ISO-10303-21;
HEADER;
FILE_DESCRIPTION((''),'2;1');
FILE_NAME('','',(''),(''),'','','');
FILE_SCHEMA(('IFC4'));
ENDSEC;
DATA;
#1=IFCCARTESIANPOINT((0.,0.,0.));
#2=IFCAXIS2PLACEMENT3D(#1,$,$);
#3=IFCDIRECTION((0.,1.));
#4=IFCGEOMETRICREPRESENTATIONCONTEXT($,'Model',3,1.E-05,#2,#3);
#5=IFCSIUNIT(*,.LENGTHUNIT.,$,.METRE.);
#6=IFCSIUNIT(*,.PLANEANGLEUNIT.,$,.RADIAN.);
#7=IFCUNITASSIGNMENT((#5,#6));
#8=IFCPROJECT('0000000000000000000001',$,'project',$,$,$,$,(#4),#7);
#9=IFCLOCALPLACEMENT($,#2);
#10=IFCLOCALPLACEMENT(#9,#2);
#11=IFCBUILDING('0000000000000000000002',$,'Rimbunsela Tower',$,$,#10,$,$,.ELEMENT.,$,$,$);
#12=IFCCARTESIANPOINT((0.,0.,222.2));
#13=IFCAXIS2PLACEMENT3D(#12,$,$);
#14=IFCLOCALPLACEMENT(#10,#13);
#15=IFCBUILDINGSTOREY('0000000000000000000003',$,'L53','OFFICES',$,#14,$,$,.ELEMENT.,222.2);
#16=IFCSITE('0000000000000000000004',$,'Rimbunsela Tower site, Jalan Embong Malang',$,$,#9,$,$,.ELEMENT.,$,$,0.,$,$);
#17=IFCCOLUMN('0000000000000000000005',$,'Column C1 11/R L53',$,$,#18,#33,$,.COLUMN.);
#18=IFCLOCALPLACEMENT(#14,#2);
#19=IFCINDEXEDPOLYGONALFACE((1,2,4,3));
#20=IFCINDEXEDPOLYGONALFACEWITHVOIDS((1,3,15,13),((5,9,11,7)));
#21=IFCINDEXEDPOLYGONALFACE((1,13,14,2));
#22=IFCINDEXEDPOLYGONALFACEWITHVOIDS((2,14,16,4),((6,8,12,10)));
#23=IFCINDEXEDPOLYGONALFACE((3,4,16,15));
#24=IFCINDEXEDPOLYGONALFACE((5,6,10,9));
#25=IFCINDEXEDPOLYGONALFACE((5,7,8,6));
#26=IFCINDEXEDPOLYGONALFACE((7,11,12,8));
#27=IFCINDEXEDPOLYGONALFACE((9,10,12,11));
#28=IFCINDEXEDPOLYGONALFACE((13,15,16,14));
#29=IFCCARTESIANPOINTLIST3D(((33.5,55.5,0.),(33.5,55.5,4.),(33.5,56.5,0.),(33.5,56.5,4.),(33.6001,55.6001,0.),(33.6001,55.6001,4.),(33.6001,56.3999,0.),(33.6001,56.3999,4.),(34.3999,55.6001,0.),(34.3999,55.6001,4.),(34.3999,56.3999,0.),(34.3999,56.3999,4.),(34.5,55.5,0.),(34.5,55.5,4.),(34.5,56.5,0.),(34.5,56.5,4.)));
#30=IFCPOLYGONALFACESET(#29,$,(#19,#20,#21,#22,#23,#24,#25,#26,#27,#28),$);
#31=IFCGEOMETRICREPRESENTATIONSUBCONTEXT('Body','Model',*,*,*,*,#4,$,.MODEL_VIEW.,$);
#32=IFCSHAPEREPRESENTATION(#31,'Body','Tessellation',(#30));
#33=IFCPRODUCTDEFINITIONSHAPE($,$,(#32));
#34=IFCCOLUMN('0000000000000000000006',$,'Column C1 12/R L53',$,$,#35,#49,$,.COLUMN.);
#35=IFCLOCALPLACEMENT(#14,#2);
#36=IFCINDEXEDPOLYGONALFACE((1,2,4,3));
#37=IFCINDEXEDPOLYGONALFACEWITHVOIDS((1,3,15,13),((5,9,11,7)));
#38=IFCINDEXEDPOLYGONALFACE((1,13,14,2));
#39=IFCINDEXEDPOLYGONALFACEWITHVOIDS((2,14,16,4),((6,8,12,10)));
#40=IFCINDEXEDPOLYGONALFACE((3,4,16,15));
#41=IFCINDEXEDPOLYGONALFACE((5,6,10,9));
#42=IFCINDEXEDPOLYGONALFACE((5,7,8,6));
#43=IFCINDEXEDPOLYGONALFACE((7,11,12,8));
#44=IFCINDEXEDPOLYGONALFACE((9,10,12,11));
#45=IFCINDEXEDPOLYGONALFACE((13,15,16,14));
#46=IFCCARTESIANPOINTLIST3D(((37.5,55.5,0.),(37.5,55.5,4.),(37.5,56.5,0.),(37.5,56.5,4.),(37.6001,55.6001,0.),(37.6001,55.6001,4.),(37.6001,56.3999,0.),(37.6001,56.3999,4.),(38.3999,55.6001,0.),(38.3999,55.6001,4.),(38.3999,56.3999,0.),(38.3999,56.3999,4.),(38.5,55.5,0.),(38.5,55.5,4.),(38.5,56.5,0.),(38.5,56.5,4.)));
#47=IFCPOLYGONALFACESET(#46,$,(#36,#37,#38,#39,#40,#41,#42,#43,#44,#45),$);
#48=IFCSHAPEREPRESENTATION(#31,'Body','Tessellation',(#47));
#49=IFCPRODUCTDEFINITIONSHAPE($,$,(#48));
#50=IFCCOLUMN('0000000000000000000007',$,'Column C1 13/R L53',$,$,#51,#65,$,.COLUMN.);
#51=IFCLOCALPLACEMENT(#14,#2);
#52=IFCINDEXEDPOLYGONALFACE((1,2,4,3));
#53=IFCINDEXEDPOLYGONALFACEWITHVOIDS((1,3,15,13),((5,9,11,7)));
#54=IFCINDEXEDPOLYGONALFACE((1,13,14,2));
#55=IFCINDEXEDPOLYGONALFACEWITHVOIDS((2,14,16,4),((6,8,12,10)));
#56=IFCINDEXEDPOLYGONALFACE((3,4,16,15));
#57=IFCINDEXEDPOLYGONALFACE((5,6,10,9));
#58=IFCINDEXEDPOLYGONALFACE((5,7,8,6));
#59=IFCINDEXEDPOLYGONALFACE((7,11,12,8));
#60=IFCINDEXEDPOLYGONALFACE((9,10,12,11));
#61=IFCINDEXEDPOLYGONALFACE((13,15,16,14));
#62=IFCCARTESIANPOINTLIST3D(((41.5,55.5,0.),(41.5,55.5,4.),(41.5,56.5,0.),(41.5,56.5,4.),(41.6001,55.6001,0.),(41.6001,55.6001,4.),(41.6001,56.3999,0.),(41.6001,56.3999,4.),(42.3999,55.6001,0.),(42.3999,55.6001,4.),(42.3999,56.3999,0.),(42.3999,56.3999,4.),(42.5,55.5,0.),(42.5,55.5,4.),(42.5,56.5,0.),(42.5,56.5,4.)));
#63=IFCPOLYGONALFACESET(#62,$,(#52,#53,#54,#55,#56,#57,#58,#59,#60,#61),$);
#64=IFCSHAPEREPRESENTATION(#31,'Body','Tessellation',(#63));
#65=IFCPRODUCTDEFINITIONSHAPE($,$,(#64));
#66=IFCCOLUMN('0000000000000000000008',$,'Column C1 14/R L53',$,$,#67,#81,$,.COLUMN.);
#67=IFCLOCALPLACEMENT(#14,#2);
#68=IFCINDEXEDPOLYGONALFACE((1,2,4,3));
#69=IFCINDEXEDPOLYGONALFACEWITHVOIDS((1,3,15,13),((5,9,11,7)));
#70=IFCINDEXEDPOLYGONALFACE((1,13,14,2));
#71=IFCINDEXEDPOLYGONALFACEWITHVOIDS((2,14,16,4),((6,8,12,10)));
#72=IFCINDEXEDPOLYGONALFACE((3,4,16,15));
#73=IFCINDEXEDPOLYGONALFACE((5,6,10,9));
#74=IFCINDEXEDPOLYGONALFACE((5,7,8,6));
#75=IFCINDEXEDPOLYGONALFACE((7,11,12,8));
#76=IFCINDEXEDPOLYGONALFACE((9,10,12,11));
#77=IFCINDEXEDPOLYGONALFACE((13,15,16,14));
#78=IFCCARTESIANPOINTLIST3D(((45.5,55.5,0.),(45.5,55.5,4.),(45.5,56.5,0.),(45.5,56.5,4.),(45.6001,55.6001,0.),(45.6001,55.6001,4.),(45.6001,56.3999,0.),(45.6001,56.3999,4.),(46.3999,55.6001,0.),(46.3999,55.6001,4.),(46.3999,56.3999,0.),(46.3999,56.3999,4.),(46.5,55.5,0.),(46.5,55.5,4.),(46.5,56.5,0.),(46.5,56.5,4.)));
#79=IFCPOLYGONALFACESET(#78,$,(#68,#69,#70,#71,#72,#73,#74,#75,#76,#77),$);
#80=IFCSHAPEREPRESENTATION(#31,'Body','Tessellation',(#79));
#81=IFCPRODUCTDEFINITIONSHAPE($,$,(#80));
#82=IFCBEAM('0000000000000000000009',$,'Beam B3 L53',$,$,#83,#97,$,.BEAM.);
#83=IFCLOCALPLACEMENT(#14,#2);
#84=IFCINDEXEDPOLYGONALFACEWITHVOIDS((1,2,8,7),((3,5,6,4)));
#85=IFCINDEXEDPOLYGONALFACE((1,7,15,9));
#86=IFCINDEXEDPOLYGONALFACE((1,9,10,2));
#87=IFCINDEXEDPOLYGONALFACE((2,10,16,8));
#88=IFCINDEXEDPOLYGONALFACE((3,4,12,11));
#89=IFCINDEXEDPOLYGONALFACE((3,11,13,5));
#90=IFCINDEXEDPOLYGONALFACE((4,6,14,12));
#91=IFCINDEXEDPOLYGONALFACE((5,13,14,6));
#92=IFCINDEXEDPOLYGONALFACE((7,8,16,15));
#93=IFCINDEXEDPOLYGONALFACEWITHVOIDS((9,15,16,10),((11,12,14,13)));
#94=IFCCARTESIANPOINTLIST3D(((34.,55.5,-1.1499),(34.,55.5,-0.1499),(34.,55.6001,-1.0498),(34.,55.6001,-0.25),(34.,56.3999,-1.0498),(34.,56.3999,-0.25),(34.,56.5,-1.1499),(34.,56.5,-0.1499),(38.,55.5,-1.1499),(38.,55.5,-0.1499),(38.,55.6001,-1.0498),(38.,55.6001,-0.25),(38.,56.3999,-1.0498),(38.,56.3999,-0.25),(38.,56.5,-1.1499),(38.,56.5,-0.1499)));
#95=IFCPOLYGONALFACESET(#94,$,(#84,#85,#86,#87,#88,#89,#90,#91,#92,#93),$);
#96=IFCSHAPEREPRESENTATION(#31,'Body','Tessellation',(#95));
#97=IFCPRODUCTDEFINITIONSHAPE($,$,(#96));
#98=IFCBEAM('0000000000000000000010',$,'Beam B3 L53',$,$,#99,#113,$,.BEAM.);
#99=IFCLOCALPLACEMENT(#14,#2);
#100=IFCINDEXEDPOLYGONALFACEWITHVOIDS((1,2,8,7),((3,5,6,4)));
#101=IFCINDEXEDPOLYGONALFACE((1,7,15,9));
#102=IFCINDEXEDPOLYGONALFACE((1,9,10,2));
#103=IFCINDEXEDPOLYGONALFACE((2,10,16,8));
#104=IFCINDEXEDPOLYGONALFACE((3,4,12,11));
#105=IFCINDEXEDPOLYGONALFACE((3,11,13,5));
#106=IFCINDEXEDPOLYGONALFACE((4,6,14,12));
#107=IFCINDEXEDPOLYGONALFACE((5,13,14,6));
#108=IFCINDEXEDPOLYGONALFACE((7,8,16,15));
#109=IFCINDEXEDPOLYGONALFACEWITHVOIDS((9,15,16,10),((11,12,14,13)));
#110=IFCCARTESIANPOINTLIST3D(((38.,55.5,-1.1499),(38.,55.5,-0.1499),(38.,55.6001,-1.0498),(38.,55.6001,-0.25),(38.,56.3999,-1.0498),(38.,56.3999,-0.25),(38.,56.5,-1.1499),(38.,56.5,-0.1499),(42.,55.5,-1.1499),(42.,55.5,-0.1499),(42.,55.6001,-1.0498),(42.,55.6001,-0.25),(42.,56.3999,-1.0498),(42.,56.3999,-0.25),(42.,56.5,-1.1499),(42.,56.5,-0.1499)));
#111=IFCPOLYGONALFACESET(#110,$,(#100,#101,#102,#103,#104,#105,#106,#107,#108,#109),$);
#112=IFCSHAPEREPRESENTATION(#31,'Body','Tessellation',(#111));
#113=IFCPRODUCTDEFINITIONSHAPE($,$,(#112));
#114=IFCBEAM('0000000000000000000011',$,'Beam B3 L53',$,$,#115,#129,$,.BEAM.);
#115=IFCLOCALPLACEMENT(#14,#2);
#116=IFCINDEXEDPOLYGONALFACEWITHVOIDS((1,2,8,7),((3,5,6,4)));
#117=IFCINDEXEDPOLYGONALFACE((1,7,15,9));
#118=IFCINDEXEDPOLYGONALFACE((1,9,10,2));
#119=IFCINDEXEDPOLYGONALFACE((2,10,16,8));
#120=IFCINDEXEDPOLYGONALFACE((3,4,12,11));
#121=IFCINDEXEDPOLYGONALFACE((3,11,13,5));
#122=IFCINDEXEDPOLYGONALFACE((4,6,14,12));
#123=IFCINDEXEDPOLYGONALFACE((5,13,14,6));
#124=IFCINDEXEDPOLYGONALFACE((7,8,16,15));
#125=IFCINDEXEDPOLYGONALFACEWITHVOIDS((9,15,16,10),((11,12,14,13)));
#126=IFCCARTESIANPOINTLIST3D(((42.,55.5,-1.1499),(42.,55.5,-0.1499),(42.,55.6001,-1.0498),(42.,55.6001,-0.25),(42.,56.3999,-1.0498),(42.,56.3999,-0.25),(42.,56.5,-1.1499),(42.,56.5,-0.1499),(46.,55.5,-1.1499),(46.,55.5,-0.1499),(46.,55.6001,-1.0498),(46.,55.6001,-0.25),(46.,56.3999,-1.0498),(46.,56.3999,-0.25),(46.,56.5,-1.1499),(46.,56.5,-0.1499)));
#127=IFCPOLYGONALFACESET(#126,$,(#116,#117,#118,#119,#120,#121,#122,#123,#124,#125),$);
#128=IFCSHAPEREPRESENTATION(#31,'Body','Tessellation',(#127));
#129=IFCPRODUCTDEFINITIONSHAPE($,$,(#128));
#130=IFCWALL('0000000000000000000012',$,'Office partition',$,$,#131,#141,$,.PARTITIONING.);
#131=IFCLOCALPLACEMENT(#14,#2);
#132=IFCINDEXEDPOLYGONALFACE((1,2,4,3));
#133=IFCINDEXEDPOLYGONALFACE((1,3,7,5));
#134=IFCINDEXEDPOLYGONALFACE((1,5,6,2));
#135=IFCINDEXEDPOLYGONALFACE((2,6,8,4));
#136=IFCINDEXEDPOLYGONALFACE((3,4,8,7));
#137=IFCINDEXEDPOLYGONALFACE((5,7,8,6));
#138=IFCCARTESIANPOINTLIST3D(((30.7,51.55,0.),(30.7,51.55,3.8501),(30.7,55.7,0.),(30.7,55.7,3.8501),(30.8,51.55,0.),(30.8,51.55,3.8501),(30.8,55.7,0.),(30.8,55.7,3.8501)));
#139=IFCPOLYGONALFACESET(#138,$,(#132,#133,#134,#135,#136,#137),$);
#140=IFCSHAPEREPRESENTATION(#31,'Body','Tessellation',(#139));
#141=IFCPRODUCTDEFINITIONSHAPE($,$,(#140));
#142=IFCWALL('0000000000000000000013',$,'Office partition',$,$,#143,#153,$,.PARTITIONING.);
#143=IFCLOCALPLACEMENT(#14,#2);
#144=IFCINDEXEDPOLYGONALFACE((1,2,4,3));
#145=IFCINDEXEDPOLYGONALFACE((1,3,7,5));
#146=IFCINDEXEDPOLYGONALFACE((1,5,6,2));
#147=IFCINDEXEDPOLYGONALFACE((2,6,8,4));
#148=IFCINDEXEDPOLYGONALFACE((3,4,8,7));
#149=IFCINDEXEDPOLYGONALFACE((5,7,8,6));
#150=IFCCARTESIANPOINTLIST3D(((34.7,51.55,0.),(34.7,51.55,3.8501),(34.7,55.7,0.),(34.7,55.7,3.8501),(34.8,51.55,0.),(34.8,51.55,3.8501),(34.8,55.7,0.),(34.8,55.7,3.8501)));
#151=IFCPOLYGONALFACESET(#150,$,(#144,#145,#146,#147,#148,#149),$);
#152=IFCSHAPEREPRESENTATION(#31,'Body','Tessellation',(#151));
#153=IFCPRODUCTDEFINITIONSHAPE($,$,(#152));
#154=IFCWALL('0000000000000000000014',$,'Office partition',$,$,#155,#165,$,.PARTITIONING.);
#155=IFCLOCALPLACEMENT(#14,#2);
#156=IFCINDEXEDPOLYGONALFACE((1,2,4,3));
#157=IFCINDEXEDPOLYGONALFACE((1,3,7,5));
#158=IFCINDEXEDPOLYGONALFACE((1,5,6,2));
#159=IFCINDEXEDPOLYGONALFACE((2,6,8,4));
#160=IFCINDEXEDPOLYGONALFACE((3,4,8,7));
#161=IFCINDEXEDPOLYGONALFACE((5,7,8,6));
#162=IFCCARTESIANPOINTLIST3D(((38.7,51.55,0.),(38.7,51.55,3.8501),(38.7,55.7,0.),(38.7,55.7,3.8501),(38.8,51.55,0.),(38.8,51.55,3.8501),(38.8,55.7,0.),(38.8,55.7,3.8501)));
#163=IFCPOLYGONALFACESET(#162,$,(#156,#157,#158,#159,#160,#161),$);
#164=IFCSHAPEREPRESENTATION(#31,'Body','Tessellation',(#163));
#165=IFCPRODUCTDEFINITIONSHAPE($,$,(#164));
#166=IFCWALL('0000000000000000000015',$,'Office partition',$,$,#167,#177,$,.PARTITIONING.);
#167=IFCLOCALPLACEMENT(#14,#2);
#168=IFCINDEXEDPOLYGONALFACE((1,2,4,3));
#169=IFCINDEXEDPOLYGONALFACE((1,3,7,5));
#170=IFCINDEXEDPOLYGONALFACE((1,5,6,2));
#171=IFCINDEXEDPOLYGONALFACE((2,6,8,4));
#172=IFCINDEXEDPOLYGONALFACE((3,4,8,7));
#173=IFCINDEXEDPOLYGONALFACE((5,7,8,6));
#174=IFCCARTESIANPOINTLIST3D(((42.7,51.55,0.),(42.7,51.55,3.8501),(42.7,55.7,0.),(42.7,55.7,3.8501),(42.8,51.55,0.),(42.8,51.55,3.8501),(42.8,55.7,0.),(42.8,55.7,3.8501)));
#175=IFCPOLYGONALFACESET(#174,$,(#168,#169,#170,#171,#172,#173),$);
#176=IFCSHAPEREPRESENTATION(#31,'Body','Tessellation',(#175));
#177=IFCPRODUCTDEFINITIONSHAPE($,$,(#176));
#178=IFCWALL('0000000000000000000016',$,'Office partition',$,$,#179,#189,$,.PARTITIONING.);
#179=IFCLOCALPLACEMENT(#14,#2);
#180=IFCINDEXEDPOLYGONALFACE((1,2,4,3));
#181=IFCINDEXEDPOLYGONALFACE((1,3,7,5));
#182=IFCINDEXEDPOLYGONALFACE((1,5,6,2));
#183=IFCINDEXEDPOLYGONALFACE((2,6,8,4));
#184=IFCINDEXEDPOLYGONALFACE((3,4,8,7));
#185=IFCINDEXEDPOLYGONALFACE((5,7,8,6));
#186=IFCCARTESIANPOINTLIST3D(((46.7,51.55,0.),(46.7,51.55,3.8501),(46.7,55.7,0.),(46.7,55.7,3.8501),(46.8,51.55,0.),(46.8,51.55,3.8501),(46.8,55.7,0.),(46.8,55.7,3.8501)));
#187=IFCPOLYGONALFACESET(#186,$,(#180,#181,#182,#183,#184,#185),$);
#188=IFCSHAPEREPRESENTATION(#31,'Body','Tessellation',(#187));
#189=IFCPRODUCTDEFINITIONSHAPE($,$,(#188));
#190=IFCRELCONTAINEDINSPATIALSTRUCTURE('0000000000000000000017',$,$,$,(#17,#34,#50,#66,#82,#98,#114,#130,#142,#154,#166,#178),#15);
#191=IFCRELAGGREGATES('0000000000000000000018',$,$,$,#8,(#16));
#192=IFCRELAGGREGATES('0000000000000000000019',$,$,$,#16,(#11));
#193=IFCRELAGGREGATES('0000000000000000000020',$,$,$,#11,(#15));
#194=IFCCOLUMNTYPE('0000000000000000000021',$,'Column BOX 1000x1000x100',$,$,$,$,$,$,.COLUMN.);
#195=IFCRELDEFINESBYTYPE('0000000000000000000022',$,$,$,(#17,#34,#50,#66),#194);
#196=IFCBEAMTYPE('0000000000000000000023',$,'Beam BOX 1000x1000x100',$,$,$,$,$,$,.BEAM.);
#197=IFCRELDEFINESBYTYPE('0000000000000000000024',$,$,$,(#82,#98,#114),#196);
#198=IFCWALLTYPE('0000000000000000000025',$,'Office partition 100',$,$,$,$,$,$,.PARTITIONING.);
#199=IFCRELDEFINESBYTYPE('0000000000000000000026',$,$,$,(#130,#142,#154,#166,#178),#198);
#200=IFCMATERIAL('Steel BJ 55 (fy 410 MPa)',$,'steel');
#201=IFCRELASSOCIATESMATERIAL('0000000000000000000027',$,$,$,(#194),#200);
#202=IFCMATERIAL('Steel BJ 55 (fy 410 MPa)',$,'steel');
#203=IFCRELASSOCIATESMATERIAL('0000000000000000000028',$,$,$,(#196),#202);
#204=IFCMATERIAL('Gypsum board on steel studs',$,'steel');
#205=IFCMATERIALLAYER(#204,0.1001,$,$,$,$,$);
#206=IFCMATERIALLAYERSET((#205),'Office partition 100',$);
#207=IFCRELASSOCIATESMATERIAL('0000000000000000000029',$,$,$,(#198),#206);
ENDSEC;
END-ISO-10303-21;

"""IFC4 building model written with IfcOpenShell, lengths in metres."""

from ifc_helpers import new_model, si_unit, direction, frame, frame_2d, origin, origin_2d, place, context, subcontext, project, spatial, rectangle, hollow_rectangle, extrude, material, layer, layer_set, material_profile, profile_set, type_object, element, save


model = new_model("IFC4")

# Units and contexts
model_context = context("Model", 3, precision=1e-05, world=origin(), true_north=direction((0.0, 1.0)))
body_context = subcontext(model_context, "Body", "Model", "MODEL_VIEW")
ifc_project = project(units=[si_unit("LENGTHUNIT", "METRE"), si_unit("PLANEANGLEUNIT", "RADIAN")], contexts=[model_context])

# Site, building, storey
site_placement = place(None, origin())
site = spatial("IfcSite", under=ifc_project, at=site_placement, Name="Rimbunsela Tower site, Jalan Embong Malang", CompositionType="ELEMENT", RefElevation=0.0)
building_placement = place(site_placement, origin())
building = spatial("IfcBuilding", under=site, at=building_placement, Name="Rimbunsela Tower", CompositionType="ELEMENT")
storey_placement = place(building_placement, frame((0.0, 0.0, 222.2)))
storey = spatial("IfcBuildingStorey", under=building, at=storey_placement, Name="L53", Description="OFFICES", CompositionType="ELEMENT", Elevation=222.2)

# Columns
ifc_material_1 = material(Name="Steel BJ 55 (fy 410 MPa)", Category="steel")
ifc_material_profile_1 = material_profile(ifc_material_1, hollow_rectangle(XDim=1.0, YDim=1.0, WallThickness=0.1001, at=origin_2d()), Name="BOX 1000x1000x100")
ifc_profile_set_1 = profile_set([ifc_material_profile_1], Name="Steel BJ 55 (fy 410 MPa)")
column_type = type_object("IfcColumnType", Name="Column BOX 1000x1000x100", PredefinedType="COLUMN", material=ifc_profile_set_1)
for number, where, z_axis, x_axis, name in (
    (1, (34.0, 56.0, 0.0), (0.0, 0.0, 1.0), (1.0, 0.0, 0.0), "Column C1 11/R L53"),
    (2, (38.0, 56.0, 0.0), (0.0, 0.0, 1.0), (1.0, 0.0, 0.0), "Column C1 12/R L53"),
    (3, (42.0, 56.0, 0.0), (0.0, 0.0, 1.0), (1.0, 0.0, 0.0), "Column C1 13/R L53"),
    (4, (46.0, 56.0, 0.0), (0.0, 0.0, 1.0), (1.0, 0.0, 0.0), "Column C1 14/R L53"),
):
    element("IfcColumn", number, at=place(storey_placement, frame(where, z_axis=z_axis, x_axis=x_axis)), inside=storey, type_object=column_type, Name=name, PredefinedType="COLUMN", context=body_context, shape_type="SweptSolid", body=[
        extrude(hollow_rectangle(XDim=1.0, YDim=1.0, WallThickness=0.1001, at=origin_2d()), origin(), (0.0, 0.0, 1.0), 4.0),
    ])

# Beams
ifc_material_2 = material(Name="Steel BJ 55 (fy 410 MPa)", Category="steel")
ifc_material_profile_2 = material_profile(ifc_material_2, hollow_rectangle(XDim=1.0, YDim=1.0, WallThickness=0.1001, at=origin_2d()), Name="BOX 1000x1000x100")
ifc_profile_set_2 = profile_set([ifc_material_profile_2], Name="Steel BJ 55 (fy 410 MPa)")
beam_type = type_object("IfcBeamType", Name="Beam BOX 1000x1000x100", PredefinedType="BEAM", material=ifc_profile_set_2)
for number, where, z_axis, x_axis, name in (
    (5, (34.0, 56.0, -0.6499), (1.0, 0.0, 0.0), (0.0, 1.0, 0.0), "Beam B3 L53"),
    (6, (38.0, 56.0, -0.6499), (1.0, 0.0, 0.0), (0.0, 1.0, 0.0), "Beam B3 L53"),
    (7, (42.0, 56.0, -0.6499), (1.0, 0.0, 0.0), (0.0, 1.0, 0.0), "Beam B3 L53"),
):
    element("IfcBeam", number, at=place(storey_placement, frame(where, z_axis=z_axis, x_axis=x_axis)), inside=storey, type_object=beam_type, Name=name, PredefinedType="BEAM", context=body_context, shape_type="SweptSolid", body=[
        extrude(hollow_rectangle(XDim=1.0, YDim=1.0, WallThickness=0.1001, at=origin_2d()), origin(), (0.0, 0.0, 1.0), 4.0),
    ])

# Walls
ifc_material_3 = material(Name="Gypsum board on steel studs", Category="steel")
ifc_layer_1 = layer(ifc_material_3, 0.1001)
ifc_layer_set_1 = layer_set([ifc_layer_1], Name="Office partition 100")
wall_type_1 = type_object("IfcWallType", Name="Office partition 100", PredefinedType="PARTITIONING", material=ifc_layer_set_1)
for number, where, z_axis, x_axis, name in (
    (8, (30.75, 51.55, 0.0), (0.0, 0.0, 1.0), (0.0, 1.0, 0.0), "Office partition"),
    (9, (34.75, 51.55, 0.0), (0.0, 0.0, 1.0), (0.0, 1.0, 0.0), "Office partition"),
    (10, (38.75, 51.55, 0.0), (0.0, 0.0, 1.0), (0.0, 1.0, 0.0), "Office partition"),
    (11, (42.75, 51.55, 0.0), (0.0, 0.0, 1.0), (0.0, 1.0, 0.0), "Office partition"),
    (12, (46.75, 51.55, 0.0), (0.0, 0.0, 1.0), (0.0, 1.0, 0.0), "Office partition"),
):
    element("IfcWall", number, at=place(storey_placement, frame(where, z_axis=z_axis, x_axis=x_axis)), inside=storey, type_object=wall_type_1, Name=name, PredefinedType="PARTITIONING", context=body_context, shape_type="SweptSolid", body=[
        extrude(rectangle(XDim=4.1499, YDim=0.1001, at=frame_2d((2.075, 0.0))), origin(), (0.0, 0.0, 1.0), 3.8501),
    ])

save(model, "model.ifc")
